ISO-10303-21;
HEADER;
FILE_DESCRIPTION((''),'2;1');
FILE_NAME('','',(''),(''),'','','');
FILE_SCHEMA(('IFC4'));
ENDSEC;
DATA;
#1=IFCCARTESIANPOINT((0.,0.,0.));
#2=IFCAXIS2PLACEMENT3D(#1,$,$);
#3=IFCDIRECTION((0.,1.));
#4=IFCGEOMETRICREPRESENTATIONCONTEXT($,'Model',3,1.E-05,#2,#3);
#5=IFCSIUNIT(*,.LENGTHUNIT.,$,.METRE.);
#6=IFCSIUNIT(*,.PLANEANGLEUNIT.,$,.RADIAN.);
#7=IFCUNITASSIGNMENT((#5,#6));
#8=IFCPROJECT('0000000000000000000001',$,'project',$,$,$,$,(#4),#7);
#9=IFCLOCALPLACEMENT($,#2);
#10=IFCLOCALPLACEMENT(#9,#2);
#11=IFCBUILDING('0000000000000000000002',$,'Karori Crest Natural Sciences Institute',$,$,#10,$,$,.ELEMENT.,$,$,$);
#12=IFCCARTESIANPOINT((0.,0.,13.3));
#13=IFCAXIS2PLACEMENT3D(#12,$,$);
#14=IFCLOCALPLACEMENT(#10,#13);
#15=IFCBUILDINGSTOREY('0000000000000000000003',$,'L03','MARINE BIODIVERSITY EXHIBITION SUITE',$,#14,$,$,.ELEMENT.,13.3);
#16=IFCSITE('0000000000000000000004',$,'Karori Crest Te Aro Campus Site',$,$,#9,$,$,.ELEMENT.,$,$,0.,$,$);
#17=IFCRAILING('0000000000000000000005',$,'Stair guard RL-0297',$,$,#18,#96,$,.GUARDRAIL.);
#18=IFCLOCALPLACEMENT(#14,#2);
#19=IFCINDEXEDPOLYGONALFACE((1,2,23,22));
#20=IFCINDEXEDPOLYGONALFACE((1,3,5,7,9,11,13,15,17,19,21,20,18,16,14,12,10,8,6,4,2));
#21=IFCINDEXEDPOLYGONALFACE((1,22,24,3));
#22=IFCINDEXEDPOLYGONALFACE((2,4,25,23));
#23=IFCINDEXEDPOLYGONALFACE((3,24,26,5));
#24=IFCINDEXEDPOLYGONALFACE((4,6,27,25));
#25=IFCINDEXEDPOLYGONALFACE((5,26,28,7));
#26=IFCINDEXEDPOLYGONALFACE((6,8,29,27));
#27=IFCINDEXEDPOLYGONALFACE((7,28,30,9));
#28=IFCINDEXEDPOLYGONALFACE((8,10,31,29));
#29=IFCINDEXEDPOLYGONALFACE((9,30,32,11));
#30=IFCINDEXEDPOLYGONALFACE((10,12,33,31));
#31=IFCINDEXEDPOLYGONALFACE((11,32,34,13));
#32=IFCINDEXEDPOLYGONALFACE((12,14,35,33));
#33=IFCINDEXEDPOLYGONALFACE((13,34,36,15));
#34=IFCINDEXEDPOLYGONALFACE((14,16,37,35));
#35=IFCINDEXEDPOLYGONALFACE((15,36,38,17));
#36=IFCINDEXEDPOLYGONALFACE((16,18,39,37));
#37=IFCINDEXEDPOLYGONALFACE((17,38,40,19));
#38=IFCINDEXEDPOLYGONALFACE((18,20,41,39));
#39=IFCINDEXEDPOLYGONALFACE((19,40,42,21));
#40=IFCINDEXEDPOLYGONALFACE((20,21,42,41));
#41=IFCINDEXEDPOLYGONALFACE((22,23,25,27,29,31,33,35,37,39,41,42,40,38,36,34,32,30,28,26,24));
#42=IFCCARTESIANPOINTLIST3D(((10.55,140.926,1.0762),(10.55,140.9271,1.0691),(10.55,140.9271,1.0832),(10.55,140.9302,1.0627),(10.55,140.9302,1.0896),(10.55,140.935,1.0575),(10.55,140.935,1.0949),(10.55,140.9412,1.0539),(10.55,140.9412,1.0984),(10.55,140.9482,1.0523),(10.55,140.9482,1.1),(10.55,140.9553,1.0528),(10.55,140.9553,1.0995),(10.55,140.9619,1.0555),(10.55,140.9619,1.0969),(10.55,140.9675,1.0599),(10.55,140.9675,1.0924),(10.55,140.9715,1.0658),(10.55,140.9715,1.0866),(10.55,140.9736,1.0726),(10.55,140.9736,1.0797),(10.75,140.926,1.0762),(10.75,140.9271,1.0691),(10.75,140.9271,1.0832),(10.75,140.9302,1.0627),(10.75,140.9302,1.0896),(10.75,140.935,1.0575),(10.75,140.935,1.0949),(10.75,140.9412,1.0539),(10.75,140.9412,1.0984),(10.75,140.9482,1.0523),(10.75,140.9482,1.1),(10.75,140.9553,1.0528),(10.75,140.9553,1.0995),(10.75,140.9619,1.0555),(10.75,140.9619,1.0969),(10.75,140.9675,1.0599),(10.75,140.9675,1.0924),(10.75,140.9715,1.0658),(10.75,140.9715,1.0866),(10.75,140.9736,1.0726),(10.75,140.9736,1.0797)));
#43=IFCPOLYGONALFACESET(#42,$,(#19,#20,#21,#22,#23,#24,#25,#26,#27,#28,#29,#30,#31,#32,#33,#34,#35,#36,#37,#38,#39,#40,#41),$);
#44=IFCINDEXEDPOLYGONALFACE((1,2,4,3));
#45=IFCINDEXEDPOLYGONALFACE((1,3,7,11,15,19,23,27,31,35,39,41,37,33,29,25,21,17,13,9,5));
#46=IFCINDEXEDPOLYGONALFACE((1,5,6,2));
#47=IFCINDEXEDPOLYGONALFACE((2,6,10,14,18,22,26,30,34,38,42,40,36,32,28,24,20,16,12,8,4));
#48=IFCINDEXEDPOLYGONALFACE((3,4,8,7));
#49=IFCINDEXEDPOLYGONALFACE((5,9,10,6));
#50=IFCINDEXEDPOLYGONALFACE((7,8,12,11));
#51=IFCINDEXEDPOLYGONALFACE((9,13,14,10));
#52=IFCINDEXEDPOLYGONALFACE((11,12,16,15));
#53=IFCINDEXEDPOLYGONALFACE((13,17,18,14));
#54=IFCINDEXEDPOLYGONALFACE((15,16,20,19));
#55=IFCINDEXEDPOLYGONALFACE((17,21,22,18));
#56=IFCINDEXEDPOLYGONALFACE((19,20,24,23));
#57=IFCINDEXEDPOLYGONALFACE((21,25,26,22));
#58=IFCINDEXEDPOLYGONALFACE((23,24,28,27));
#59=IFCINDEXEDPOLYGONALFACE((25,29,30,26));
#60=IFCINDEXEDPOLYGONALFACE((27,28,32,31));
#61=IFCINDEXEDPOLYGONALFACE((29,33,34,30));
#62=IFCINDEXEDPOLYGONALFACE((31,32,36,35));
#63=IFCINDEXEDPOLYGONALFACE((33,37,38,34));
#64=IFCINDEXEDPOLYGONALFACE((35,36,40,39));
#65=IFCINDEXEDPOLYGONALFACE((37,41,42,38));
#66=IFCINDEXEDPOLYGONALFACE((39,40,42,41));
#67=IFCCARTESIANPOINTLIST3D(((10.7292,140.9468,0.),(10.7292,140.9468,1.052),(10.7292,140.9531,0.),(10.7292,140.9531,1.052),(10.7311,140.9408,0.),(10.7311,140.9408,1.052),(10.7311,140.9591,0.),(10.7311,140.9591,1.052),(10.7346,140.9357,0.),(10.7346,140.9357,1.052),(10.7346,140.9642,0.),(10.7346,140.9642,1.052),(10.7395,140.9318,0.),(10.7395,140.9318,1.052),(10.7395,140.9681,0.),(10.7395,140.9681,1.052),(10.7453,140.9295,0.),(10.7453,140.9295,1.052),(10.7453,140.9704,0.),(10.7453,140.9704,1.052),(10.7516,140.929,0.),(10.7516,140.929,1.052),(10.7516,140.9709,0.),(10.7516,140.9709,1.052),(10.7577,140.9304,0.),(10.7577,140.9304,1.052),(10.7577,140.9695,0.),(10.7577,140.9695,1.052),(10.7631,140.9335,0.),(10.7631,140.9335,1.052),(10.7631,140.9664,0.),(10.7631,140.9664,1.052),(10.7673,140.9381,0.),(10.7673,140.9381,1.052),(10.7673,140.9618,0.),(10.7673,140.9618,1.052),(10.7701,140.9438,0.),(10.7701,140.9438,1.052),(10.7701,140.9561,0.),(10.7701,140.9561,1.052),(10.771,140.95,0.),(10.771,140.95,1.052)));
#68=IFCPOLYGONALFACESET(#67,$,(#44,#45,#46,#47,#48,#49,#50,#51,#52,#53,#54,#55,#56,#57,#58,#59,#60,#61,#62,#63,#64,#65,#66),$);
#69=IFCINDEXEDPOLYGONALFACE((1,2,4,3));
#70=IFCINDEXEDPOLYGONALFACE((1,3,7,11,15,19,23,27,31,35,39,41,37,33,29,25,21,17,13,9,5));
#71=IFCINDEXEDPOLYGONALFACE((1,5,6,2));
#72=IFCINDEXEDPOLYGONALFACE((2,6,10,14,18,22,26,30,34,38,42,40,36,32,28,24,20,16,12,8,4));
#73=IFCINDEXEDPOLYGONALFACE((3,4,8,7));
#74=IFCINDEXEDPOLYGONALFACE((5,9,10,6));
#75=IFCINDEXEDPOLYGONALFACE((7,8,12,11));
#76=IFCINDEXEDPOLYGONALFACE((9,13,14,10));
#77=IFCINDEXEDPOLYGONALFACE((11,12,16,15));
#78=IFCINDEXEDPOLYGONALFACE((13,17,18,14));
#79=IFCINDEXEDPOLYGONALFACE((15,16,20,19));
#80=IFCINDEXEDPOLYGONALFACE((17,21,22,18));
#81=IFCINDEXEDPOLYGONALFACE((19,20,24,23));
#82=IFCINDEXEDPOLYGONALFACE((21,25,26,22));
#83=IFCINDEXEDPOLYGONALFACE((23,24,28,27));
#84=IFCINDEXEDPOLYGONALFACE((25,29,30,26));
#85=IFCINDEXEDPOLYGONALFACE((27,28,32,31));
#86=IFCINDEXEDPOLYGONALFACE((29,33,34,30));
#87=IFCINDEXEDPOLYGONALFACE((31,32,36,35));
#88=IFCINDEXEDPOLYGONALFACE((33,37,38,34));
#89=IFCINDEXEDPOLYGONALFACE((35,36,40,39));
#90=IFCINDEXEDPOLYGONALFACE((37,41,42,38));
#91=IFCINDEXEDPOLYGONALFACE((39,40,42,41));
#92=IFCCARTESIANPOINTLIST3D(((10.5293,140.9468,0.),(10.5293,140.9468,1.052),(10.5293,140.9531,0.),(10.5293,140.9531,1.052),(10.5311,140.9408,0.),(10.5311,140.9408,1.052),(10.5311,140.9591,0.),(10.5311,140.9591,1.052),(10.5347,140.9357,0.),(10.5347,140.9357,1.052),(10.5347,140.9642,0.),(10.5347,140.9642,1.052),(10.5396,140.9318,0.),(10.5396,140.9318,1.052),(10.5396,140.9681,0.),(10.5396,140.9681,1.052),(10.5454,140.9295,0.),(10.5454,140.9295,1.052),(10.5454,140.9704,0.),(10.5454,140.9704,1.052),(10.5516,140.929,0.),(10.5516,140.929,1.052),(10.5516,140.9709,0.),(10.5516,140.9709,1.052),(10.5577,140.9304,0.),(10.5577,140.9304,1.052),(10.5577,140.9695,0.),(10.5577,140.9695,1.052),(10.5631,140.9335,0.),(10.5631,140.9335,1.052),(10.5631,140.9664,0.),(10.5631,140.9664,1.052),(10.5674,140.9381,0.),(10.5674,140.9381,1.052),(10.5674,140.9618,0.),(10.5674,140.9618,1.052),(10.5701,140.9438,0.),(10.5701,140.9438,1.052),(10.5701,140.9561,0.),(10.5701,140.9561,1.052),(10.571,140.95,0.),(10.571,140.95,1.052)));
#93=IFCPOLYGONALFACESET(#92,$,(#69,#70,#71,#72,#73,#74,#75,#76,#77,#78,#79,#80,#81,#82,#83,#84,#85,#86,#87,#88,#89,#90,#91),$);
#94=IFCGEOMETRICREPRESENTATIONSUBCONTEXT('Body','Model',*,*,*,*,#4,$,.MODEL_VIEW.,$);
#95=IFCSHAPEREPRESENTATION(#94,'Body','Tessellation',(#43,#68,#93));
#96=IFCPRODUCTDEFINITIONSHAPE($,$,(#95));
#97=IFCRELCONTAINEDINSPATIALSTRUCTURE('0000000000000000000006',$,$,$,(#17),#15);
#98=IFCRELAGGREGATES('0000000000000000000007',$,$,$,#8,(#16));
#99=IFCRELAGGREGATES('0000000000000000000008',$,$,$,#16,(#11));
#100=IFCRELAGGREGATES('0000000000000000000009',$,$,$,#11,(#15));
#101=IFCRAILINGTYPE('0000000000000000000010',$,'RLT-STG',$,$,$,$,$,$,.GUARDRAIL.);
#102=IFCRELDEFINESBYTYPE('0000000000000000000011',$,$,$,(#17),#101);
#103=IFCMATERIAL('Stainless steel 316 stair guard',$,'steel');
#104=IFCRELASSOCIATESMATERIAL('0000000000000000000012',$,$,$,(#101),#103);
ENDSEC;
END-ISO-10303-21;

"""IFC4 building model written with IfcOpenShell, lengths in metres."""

from ifc_helpers import new_model, si_unit, direction, frame, origin, origin_2d, place, context, subcontext, project, spatial, circle, extrude, material, type_object, element, save


model = new_model("IFC4")

# Units and contexts
model_context = context("Model", 3, precision=1e-05, world=origin(), true_north=direction((0.0, 1.0)))
body_context = subcontext(model_context, "Body", "Model", "MODEL_VIEW")
ifc_project = project(units=[si_unit("LENGTHUNIT", "METRE"), si_unit("PLANEANGLEUNIT", "RADIAN")], contexts=[model_context])

# Site, building, storey
site_placement = place(None, origin())
site = spatial("IfcSite", under=ifc_project, at=site_placement, Name="Karori Crest Te Aro Campus Site", CompositionType="ELEMENT", RefElevation=0.0)
building_placement = place(site_placement, origin())
building = spatial("IfcBuilding", under=site, at=building_placement, Name="Karori Crest Natural Sciences Institute", CompositionType="ELEMENT")
storey_placement = place(building_placement, frame((0.0, 0.0, 13.3)))
storey = spatial("IfcBuildingStorey", under=building, at=storey_placement, Name="L03", Description="MARINE BIODIVERSITY EXHIBITION SUITE", CompositionType="ELEMENT", Elevation=13.3)

# Railing
ifc_material_1 = material(Name="Stainless steel 316 stair guard", Category="steel")
railing_type_1 = type_object("IfcRailingType", Name="RLT-STG", PredefinedType="GUARDRAIL", material=ifc_material_1)
railing_1_placement = place(storey_placement, frame((10.75, 140.95, 0.0)))
element("IfcRailing", 1, at=railing_1_placement, inside=storey, type_object=railing_type_1, Name="Stair guard RL-0297", PredefinedType="GUARDRAIL", context=body_context, shape_type="SweptSolid", body=[
    extrude(circle(Radius=0.0239, at=origin_2d()), frame((0.0, 0.0, 1.0762), z_axis=(-1.0, 0.0, 0.0), x_axis=(0.0, -1.0, 0.0)), (0.0, 0.0, 1.0), 0.2),
    extrude(circle(Radius=0.021, at=origin_2d()), origin(), (0.0, 0.0, 1.0), 1.052),
    extrude(circle(Radius=0.021, at=origin_2d()), frame((-0.2, 0.0, 0.0)), (0.0, 0.0, 1.0), 1.052),
])

save(model, "model.ifc")
